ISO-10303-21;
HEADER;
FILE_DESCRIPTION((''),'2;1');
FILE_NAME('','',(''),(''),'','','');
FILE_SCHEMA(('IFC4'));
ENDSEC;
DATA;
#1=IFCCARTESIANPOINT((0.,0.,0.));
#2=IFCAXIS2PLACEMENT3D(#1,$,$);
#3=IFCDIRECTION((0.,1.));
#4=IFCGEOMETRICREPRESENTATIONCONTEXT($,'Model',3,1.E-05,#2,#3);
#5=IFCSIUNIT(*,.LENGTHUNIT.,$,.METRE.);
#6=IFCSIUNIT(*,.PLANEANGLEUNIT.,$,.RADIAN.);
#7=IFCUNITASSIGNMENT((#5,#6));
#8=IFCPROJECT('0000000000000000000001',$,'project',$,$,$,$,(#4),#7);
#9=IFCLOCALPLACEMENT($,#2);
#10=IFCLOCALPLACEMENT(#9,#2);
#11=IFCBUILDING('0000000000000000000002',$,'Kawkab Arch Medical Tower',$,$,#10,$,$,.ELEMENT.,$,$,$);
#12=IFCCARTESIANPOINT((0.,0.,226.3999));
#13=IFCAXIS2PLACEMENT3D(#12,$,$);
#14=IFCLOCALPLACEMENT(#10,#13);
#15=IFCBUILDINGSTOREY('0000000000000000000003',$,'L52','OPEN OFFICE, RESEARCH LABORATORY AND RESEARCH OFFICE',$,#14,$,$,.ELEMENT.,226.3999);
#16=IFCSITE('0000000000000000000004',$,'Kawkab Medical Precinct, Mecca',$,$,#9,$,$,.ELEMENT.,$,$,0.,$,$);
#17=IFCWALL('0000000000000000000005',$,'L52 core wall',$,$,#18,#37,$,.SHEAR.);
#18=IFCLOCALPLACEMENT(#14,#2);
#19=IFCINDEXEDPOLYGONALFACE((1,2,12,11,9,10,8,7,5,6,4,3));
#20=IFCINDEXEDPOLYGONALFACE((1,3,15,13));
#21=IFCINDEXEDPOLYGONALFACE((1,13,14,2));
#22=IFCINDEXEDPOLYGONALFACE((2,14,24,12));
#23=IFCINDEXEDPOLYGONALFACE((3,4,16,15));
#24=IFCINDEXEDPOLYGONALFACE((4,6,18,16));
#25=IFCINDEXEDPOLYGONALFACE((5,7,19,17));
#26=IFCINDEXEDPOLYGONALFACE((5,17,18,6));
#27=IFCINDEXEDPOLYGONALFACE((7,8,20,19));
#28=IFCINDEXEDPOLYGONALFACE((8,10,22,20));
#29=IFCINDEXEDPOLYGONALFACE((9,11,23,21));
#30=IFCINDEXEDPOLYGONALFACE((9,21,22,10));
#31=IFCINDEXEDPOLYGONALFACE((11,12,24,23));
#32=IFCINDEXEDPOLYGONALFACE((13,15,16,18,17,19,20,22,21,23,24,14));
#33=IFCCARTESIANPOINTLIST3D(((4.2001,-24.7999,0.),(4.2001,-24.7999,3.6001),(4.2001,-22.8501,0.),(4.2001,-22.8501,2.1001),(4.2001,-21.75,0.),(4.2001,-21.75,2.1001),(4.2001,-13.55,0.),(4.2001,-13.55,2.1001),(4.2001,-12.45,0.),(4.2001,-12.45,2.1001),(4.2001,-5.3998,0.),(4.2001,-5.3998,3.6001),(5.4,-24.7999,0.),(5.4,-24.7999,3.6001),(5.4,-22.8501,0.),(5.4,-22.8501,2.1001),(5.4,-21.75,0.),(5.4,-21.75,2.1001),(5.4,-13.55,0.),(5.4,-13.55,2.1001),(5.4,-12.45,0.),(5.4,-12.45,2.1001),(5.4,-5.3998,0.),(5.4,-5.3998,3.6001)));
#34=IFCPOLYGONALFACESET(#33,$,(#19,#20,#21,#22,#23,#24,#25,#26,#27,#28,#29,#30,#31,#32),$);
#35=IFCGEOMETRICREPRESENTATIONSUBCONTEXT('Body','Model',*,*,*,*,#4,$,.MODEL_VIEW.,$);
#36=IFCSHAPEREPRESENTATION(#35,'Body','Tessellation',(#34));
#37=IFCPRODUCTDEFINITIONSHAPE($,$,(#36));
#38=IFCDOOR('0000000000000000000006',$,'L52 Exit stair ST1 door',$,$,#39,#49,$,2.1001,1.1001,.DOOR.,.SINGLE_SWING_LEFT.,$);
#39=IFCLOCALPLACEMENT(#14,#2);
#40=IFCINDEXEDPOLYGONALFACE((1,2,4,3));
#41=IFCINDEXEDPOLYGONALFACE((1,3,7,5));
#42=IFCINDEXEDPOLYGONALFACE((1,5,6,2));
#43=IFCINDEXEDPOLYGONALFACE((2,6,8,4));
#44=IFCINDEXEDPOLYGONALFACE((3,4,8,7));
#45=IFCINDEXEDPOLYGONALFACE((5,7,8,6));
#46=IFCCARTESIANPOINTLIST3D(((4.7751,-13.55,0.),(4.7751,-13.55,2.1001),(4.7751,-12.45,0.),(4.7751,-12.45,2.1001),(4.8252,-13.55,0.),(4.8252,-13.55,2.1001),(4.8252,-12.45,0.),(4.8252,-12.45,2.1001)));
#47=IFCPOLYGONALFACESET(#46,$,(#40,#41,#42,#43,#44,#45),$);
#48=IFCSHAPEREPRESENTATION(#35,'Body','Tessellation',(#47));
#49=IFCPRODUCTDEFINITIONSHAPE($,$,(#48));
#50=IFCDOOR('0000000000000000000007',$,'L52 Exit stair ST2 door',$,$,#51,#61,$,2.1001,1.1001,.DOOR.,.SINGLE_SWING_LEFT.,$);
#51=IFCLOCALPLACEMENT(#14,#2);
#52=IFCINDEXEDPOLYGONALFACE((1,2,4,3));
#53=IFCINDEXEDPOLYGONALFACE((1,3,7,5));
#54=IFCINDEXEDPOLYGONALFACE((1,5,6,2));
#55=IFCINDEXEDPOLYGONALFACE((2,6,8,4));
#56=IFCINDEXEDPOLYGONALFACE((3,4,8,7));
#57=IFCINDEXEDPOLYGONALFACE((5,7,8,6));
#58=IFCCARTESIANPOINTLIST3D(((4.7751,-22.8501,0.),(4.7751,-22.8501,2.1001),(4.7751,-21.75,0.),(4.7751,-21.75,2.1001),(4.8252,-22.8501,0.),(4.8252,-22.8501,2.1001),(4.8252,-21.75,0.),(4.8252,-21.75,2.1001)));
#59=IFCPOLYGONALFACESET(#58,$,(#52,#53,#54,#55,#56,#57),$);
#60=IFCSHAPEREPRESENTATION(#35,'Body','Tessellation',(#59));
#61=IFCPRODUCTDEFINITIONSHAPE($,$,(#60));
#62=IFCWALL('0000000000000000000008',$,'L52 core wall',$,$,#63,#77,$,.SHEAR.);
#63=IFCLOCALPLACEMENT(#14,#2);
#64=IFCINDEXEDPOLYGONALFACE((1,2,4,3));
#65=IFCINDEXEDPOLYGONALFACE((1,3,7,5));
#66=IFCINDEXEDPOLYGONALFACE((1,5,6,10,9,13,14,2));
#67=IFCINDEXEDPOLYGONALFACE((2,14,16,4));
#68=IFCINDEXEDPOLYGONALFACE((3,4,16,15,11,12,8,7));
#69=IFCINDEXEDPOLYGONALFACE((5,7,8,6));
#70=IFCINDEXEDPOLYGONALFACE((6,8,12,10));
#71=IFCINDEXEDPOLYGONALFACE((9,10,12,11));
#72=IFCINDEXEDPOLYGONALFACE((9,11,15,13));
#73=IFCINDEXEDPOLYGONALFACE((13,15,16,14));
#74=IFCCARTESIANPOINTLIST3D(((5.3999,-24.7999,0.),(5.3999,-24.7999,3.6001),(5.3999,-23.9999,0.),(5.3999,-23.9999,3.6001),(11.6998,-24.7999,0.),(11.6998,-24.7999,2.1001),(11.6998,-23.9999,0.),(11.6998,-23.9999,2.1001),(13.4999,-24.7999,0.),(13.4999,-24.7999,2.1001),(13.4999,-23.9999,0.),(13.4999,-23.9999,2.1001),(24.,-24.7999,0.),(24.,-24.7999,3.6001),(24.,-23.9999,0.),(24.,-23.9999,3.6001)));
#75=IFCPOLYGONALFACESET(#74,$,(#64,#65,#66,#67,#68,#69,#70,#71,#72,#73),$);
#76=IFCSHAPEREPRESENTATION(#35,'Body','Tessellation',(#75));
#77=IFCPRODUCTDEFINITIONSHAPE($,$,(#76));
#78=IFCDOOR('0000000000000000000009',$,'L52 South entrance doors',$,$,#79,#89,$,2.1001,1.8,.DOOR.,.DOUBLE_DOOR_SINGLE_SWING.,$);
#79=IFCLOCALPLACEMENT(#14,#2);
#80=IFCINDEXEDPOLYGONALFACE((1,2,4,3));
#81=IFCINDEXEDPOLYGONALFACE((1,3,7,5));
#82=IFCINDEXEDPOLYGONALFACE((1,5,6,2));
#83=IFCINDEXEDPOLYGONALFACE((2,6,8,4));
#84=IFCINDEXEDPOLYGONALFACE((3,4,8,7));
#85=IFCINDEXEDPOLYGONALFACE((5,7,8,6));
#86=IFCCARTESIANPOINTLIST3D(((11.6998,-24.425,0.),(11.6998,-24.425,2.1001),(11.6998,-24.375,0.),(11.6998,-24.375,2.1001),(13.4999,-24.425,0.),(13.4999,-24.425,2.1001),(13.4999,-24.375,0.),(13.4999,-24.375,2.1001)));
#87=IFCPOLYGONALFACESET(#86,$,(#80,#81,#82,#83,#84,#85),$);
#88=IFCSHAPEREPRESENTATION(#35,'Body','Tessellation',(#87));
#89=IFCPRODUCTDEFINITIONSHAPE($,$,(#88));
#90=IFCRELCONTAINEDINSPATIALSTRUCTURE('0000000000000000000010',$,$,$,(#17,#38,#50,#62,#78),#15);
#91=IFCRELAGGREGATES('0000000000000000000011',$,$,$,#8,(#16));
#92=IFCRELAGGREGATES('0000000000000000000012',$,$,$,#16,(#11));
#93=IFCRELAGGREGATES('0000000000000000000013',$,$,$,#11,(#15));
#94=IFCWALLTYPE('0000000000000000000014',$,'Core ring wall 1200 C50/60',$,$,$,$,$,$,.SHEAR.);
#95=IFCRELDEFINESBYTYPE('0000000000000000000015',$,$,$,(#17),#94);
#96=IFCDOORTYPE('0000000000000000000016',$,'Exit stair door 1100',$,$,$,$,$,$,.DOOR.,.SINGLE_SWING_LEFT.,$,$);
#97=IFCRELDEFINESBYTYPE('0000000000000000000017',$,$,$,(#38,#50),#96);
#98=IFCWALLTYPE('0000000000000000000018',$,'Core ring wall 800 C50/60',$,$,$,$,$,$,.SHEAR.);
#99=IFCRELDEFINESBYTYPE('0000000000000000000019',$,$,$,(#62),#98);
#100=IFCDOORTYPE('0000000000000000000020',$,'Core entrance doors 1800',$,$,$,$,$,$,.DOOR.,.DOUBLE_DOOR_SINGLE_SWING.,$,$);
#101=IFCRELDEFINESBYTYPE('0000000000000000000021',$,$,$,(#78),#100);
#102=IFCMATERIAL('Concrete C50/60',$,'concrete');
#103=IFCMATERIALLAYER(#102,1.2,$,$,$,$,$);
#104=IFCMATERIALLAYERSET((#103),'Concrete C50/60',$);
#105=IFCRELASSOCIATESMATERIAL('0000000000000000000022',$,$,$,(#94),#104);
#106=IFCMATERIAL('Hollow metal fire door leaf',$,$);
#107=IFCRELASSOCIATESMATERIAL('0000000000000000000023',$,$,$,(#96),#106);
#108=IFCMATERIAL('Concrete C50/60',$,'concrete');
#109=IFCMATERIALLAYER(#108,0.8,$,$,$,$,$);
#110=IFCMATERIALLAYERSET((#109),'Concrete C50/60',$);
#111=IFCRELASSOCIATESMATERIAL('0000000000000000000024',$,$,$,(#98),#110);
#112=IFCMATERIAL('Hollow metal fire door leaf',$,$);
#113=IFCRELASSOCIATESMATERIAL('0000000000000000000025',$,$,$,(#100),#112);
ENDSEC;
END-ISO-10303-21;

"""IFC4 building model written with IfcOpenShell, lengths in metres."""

from ifc_helpers import new_model, si_unit, direction, frame, frame_2d, origin, place, context, subcontext, project, spatial, rectangle, extrude, material, layer, layer_set, type_object, element, fill, save


model = new_model("IFC4")

# Units and contexts
model_context = context("Model", 3, precision=1e-05, world=origin(), true_north=direction((0.0, 1.0)))
body_context = subcontext(model_context, "Body", "Model", "MODEL_VIEW")
ifc_project = project(units=[si_unit("LENGTHUNIT", "METRE"), si_unit("PLANEANGLEUNIT", "RADIAN")], contexts=[model_context])

# Site, building, storey
site_placement = place(None, origin())
site = spatial("IfcSite", under=ifc_project, at=site_placement, Name="Kawkab Medical Precinct, Mecca", CompositionType="ELEMENT", RefElevation=0.0)
building_placement = place(site_placement, origin())
building = spatial("IfcBuilding", under=site, at=building_placement, Name="Kawkab Arch Medical Tower", CompositionType="ELEMENT")
storey_placement = place(building_placement, frame((0.0, 0.0, 226.3999)))
storey = spatial("IfcBuildingStorey", under=building, at=storey_placement, Name="L52", Description="OPEN OFFICE, RESEARCH LABORATORY AND RESEARCH OFFICE", CompositionType="ELEMENT", Elevation=226.3999)

# Wall, openings, doors
ifc_material_1 = material(Name="Concrete C50/60", Category="concrete")
ifc_layer_1 = layer(ifc_material_1, 1.2)
ifc_layer_set_1 = layer_set([ifc_layer_1], Name="Concrete C50/60")
wall_type_1 = type_object("IfcWallType", Name="Core ring wall 1200 C50/60", PredefinedType="SHEAR", material=ifc_layer_set_1)
wall_1_placement = place(storey_placement, frame((4.8, -24.8, 0.0), z_axis=(0.0, 0.0, 1.0), x_axis=(0.0, 1.0, 0.0)))
wall_1 = element("IfcWall", 1, at=wall_1_placement, inside=storey, type_object=wall_type_1, Name="L52 core wall", PredefinedType="SHEAR", context=body_context, shape_type="SweptSolid", body=[
    extrude(rectangle(XDim=19.4001, YDim=1.2, at=frame_2d((9.7002, 0.0))), origin(), (0.0, 0.0, 1.0), 3.6001),
])
opening_1_placement = place(wall_1_placement, frame((11.25, 0.0, 0.0)))
opening_1 = element("IfcOpeningElement", 2, at=opening_1_placement, cuts=wall_1, PredefinedType="OPENING", context=body_context, shape_type="SweptSolid", body=[
    extrude(rectangle(XDim=1.1001, YDim=2.1001, at=frame_2d((0.55, 1.05))), frame((0.0, 0.6099, 0.0), z_axis=(0.0, -1.0, 0.0), x_axis=(1.0, 0.0, 0.0)), (0.0, 0.0, 1.0), 1.22),
])
opening_2_placement = place(wall_1_placement, frame((1.95, 0.0, 0.0)))
opening_2 = element("IfcOpeningElement", 3, at=opening_2_placement, cuts=wall_1, PredefinedType="OPENING", context=body_context, shape_type="SweptSolid", body=[
    extrude(rectangle(XDim=1.1001, YDim=2.1001, at=frame_2d((0.55, 1.05))), frame((0.0, 0.6099, 0.0), z_axis=(0.0, -1.0, 0.0), x_axis=(1.0, 0.0, 0.0)), (0.0, 0.0, 1.0), 1.22),
])
ifc_material_2 = material(Name="Hollow metal fire door leaf")
door_type_1 = type_object("IfcDoorType", Name="Exit stair door 1100", OperationType="SINGLE_SWING_LEFT", PredefinedType="DOOR", material=ifc_material_2)
door_1_placement = place(opening_1_placement, origin())
door_1 = element("IfcDoor", 4, at=door_1_placement, inside=storey, type_object=door_type_1, Name="L52 Exit stair ST1 door", OperationType="SINGLE_SWING_LEFT", OverallHeight=2.1001, OverallWidth=1.1001, PredefinedType="DOOR", context=body_context, shape_type="SweptSolid", body=[
    extrude(rectangle(XDim=1.1001, YDim=2.1001, at=frame_2d((0.55, 1.05))), frame((0.0, 0.0249, 0.0), z_axis=(0.0, -1.0, 0.0), x_axis=(1.0, 0.0, 0.0)), (0.0, 0.0, 1.0), 0.05),
])
fill(opening_1, door_1)
door_2_placement = place(opening_2_placement, origin())
door_2 = element("IfcDoor", 5, at=door_2_placement, inside=storey, type_object=door_type_1, Name="L52 Exit stair ST2 door", OperationType="SINGLE_SWING_LEFT", OverallHeight=2.1001, OverallWidth=1.1001, PredefinedType="DOOR", context=body_context, shape_type="SweptSolid", body=[
    extrude(rectangle(XDim=1.1001, YDim=2.1001, at=frame_2d((0.55, 1.05))), frame((0.0, 0.0249, 0.0), z_axis=(0.0, -1.0, 0.0), x_axis=(1.0, 0.0, 0.0)), (0.0, 0.0, 1.0), 0.05),
])
fill(opening_2, door_2)

# Wall, opening, door
ifc_material_3 = material(Name="Concrete C50/60", Category="concrete")
ifc_layer_2 = layer(ifc_material_3, 0.8)
ifc_layer_set_2 = layer_set([ifc_layer_2], Name="Concrete C50/60")
wall_type_2 = type_object("IfcWallType", Name="Core ring wall 800 C50/60", PredefinedType="SHEAR", material=ifc_layer_set_2)
wall_2_placement = place(storey_placement, frame((5.3999, -24.3999, 0.0), z_axis=(0.0, 0.0, 1.0), x_axis=(1.0, 0.0, 0.0)))
wall_2 = element("IfcWall", 6, at=wall_2_placement, inside=storey, type_object=wall_type_2, Name="L52 core wall", PredefinedType="SHEAR", context=body_context, shape_type="SweptSolid", body=[
    extrude(rectangle(XDim=18.6001, YDim=0.8, at=frame_2d((9.3, 0.0))), origin(), (0.0, 0.0, 1.0), 3.6001),
])
opening_3_placement = place(wall_2_placement, frame((6.3, 0.0, 0.0)))
opening_3 = element("IfcOpeningElement", 7, at=opening_3_placement, cuts=wall_2, PredefinedType="OPENING", context=body_context, shape_type="SweptSolid", body=[
    extrude(rectangle(XDim=1.8, YDim=2.1001, at=frame_2d((0.8999, 1.05))), frame((0.0, 0.4099, 0.0), z_axis=(0.0, -1.0, 0.0), x_axis=(1.0, 0.0, 0.0)), (0.0, 0.0, 1.0), 0.8201),
])
ifc_material_4 = material(Name="Hollow metal fire door leaf")
door_type_2 = type_object("IfcDoorType", Name="Core entrance doors 1800", OperationType="DOUBLE_DOOR_SINGLE_SWING", PredefinedType="DOOR", material=ifc_material_4)
door_3_placement = place(opening_3_placement, origin())
door_3 = element("IfcDoor", 8, at=door_3_placement, inside=storey, type_object=door_type_2, Name="L52 South entrance doors", OperationType="DOUBLE_DOOR_SINGLE_SWING", OverallHeight=2.1001, OverallWidth=1.8, PredefinedType="DOOR", context=body_context, shape_type="SweptSolid", body=[
    extrude(rectangle(XDim=1.8, YDim=2.1001, at=frame_2d((0.8999, 1.05))), frame((0.0, 0.0249, 0.0), z_axis=(0.0, -1.0, 0.0), x_axis=(1.0, 0.0, 0.0)), (0.0, 0.0, 1.0), 0.05),
])
fill(opening_3, door_3)

save(model, "model.ifc")
